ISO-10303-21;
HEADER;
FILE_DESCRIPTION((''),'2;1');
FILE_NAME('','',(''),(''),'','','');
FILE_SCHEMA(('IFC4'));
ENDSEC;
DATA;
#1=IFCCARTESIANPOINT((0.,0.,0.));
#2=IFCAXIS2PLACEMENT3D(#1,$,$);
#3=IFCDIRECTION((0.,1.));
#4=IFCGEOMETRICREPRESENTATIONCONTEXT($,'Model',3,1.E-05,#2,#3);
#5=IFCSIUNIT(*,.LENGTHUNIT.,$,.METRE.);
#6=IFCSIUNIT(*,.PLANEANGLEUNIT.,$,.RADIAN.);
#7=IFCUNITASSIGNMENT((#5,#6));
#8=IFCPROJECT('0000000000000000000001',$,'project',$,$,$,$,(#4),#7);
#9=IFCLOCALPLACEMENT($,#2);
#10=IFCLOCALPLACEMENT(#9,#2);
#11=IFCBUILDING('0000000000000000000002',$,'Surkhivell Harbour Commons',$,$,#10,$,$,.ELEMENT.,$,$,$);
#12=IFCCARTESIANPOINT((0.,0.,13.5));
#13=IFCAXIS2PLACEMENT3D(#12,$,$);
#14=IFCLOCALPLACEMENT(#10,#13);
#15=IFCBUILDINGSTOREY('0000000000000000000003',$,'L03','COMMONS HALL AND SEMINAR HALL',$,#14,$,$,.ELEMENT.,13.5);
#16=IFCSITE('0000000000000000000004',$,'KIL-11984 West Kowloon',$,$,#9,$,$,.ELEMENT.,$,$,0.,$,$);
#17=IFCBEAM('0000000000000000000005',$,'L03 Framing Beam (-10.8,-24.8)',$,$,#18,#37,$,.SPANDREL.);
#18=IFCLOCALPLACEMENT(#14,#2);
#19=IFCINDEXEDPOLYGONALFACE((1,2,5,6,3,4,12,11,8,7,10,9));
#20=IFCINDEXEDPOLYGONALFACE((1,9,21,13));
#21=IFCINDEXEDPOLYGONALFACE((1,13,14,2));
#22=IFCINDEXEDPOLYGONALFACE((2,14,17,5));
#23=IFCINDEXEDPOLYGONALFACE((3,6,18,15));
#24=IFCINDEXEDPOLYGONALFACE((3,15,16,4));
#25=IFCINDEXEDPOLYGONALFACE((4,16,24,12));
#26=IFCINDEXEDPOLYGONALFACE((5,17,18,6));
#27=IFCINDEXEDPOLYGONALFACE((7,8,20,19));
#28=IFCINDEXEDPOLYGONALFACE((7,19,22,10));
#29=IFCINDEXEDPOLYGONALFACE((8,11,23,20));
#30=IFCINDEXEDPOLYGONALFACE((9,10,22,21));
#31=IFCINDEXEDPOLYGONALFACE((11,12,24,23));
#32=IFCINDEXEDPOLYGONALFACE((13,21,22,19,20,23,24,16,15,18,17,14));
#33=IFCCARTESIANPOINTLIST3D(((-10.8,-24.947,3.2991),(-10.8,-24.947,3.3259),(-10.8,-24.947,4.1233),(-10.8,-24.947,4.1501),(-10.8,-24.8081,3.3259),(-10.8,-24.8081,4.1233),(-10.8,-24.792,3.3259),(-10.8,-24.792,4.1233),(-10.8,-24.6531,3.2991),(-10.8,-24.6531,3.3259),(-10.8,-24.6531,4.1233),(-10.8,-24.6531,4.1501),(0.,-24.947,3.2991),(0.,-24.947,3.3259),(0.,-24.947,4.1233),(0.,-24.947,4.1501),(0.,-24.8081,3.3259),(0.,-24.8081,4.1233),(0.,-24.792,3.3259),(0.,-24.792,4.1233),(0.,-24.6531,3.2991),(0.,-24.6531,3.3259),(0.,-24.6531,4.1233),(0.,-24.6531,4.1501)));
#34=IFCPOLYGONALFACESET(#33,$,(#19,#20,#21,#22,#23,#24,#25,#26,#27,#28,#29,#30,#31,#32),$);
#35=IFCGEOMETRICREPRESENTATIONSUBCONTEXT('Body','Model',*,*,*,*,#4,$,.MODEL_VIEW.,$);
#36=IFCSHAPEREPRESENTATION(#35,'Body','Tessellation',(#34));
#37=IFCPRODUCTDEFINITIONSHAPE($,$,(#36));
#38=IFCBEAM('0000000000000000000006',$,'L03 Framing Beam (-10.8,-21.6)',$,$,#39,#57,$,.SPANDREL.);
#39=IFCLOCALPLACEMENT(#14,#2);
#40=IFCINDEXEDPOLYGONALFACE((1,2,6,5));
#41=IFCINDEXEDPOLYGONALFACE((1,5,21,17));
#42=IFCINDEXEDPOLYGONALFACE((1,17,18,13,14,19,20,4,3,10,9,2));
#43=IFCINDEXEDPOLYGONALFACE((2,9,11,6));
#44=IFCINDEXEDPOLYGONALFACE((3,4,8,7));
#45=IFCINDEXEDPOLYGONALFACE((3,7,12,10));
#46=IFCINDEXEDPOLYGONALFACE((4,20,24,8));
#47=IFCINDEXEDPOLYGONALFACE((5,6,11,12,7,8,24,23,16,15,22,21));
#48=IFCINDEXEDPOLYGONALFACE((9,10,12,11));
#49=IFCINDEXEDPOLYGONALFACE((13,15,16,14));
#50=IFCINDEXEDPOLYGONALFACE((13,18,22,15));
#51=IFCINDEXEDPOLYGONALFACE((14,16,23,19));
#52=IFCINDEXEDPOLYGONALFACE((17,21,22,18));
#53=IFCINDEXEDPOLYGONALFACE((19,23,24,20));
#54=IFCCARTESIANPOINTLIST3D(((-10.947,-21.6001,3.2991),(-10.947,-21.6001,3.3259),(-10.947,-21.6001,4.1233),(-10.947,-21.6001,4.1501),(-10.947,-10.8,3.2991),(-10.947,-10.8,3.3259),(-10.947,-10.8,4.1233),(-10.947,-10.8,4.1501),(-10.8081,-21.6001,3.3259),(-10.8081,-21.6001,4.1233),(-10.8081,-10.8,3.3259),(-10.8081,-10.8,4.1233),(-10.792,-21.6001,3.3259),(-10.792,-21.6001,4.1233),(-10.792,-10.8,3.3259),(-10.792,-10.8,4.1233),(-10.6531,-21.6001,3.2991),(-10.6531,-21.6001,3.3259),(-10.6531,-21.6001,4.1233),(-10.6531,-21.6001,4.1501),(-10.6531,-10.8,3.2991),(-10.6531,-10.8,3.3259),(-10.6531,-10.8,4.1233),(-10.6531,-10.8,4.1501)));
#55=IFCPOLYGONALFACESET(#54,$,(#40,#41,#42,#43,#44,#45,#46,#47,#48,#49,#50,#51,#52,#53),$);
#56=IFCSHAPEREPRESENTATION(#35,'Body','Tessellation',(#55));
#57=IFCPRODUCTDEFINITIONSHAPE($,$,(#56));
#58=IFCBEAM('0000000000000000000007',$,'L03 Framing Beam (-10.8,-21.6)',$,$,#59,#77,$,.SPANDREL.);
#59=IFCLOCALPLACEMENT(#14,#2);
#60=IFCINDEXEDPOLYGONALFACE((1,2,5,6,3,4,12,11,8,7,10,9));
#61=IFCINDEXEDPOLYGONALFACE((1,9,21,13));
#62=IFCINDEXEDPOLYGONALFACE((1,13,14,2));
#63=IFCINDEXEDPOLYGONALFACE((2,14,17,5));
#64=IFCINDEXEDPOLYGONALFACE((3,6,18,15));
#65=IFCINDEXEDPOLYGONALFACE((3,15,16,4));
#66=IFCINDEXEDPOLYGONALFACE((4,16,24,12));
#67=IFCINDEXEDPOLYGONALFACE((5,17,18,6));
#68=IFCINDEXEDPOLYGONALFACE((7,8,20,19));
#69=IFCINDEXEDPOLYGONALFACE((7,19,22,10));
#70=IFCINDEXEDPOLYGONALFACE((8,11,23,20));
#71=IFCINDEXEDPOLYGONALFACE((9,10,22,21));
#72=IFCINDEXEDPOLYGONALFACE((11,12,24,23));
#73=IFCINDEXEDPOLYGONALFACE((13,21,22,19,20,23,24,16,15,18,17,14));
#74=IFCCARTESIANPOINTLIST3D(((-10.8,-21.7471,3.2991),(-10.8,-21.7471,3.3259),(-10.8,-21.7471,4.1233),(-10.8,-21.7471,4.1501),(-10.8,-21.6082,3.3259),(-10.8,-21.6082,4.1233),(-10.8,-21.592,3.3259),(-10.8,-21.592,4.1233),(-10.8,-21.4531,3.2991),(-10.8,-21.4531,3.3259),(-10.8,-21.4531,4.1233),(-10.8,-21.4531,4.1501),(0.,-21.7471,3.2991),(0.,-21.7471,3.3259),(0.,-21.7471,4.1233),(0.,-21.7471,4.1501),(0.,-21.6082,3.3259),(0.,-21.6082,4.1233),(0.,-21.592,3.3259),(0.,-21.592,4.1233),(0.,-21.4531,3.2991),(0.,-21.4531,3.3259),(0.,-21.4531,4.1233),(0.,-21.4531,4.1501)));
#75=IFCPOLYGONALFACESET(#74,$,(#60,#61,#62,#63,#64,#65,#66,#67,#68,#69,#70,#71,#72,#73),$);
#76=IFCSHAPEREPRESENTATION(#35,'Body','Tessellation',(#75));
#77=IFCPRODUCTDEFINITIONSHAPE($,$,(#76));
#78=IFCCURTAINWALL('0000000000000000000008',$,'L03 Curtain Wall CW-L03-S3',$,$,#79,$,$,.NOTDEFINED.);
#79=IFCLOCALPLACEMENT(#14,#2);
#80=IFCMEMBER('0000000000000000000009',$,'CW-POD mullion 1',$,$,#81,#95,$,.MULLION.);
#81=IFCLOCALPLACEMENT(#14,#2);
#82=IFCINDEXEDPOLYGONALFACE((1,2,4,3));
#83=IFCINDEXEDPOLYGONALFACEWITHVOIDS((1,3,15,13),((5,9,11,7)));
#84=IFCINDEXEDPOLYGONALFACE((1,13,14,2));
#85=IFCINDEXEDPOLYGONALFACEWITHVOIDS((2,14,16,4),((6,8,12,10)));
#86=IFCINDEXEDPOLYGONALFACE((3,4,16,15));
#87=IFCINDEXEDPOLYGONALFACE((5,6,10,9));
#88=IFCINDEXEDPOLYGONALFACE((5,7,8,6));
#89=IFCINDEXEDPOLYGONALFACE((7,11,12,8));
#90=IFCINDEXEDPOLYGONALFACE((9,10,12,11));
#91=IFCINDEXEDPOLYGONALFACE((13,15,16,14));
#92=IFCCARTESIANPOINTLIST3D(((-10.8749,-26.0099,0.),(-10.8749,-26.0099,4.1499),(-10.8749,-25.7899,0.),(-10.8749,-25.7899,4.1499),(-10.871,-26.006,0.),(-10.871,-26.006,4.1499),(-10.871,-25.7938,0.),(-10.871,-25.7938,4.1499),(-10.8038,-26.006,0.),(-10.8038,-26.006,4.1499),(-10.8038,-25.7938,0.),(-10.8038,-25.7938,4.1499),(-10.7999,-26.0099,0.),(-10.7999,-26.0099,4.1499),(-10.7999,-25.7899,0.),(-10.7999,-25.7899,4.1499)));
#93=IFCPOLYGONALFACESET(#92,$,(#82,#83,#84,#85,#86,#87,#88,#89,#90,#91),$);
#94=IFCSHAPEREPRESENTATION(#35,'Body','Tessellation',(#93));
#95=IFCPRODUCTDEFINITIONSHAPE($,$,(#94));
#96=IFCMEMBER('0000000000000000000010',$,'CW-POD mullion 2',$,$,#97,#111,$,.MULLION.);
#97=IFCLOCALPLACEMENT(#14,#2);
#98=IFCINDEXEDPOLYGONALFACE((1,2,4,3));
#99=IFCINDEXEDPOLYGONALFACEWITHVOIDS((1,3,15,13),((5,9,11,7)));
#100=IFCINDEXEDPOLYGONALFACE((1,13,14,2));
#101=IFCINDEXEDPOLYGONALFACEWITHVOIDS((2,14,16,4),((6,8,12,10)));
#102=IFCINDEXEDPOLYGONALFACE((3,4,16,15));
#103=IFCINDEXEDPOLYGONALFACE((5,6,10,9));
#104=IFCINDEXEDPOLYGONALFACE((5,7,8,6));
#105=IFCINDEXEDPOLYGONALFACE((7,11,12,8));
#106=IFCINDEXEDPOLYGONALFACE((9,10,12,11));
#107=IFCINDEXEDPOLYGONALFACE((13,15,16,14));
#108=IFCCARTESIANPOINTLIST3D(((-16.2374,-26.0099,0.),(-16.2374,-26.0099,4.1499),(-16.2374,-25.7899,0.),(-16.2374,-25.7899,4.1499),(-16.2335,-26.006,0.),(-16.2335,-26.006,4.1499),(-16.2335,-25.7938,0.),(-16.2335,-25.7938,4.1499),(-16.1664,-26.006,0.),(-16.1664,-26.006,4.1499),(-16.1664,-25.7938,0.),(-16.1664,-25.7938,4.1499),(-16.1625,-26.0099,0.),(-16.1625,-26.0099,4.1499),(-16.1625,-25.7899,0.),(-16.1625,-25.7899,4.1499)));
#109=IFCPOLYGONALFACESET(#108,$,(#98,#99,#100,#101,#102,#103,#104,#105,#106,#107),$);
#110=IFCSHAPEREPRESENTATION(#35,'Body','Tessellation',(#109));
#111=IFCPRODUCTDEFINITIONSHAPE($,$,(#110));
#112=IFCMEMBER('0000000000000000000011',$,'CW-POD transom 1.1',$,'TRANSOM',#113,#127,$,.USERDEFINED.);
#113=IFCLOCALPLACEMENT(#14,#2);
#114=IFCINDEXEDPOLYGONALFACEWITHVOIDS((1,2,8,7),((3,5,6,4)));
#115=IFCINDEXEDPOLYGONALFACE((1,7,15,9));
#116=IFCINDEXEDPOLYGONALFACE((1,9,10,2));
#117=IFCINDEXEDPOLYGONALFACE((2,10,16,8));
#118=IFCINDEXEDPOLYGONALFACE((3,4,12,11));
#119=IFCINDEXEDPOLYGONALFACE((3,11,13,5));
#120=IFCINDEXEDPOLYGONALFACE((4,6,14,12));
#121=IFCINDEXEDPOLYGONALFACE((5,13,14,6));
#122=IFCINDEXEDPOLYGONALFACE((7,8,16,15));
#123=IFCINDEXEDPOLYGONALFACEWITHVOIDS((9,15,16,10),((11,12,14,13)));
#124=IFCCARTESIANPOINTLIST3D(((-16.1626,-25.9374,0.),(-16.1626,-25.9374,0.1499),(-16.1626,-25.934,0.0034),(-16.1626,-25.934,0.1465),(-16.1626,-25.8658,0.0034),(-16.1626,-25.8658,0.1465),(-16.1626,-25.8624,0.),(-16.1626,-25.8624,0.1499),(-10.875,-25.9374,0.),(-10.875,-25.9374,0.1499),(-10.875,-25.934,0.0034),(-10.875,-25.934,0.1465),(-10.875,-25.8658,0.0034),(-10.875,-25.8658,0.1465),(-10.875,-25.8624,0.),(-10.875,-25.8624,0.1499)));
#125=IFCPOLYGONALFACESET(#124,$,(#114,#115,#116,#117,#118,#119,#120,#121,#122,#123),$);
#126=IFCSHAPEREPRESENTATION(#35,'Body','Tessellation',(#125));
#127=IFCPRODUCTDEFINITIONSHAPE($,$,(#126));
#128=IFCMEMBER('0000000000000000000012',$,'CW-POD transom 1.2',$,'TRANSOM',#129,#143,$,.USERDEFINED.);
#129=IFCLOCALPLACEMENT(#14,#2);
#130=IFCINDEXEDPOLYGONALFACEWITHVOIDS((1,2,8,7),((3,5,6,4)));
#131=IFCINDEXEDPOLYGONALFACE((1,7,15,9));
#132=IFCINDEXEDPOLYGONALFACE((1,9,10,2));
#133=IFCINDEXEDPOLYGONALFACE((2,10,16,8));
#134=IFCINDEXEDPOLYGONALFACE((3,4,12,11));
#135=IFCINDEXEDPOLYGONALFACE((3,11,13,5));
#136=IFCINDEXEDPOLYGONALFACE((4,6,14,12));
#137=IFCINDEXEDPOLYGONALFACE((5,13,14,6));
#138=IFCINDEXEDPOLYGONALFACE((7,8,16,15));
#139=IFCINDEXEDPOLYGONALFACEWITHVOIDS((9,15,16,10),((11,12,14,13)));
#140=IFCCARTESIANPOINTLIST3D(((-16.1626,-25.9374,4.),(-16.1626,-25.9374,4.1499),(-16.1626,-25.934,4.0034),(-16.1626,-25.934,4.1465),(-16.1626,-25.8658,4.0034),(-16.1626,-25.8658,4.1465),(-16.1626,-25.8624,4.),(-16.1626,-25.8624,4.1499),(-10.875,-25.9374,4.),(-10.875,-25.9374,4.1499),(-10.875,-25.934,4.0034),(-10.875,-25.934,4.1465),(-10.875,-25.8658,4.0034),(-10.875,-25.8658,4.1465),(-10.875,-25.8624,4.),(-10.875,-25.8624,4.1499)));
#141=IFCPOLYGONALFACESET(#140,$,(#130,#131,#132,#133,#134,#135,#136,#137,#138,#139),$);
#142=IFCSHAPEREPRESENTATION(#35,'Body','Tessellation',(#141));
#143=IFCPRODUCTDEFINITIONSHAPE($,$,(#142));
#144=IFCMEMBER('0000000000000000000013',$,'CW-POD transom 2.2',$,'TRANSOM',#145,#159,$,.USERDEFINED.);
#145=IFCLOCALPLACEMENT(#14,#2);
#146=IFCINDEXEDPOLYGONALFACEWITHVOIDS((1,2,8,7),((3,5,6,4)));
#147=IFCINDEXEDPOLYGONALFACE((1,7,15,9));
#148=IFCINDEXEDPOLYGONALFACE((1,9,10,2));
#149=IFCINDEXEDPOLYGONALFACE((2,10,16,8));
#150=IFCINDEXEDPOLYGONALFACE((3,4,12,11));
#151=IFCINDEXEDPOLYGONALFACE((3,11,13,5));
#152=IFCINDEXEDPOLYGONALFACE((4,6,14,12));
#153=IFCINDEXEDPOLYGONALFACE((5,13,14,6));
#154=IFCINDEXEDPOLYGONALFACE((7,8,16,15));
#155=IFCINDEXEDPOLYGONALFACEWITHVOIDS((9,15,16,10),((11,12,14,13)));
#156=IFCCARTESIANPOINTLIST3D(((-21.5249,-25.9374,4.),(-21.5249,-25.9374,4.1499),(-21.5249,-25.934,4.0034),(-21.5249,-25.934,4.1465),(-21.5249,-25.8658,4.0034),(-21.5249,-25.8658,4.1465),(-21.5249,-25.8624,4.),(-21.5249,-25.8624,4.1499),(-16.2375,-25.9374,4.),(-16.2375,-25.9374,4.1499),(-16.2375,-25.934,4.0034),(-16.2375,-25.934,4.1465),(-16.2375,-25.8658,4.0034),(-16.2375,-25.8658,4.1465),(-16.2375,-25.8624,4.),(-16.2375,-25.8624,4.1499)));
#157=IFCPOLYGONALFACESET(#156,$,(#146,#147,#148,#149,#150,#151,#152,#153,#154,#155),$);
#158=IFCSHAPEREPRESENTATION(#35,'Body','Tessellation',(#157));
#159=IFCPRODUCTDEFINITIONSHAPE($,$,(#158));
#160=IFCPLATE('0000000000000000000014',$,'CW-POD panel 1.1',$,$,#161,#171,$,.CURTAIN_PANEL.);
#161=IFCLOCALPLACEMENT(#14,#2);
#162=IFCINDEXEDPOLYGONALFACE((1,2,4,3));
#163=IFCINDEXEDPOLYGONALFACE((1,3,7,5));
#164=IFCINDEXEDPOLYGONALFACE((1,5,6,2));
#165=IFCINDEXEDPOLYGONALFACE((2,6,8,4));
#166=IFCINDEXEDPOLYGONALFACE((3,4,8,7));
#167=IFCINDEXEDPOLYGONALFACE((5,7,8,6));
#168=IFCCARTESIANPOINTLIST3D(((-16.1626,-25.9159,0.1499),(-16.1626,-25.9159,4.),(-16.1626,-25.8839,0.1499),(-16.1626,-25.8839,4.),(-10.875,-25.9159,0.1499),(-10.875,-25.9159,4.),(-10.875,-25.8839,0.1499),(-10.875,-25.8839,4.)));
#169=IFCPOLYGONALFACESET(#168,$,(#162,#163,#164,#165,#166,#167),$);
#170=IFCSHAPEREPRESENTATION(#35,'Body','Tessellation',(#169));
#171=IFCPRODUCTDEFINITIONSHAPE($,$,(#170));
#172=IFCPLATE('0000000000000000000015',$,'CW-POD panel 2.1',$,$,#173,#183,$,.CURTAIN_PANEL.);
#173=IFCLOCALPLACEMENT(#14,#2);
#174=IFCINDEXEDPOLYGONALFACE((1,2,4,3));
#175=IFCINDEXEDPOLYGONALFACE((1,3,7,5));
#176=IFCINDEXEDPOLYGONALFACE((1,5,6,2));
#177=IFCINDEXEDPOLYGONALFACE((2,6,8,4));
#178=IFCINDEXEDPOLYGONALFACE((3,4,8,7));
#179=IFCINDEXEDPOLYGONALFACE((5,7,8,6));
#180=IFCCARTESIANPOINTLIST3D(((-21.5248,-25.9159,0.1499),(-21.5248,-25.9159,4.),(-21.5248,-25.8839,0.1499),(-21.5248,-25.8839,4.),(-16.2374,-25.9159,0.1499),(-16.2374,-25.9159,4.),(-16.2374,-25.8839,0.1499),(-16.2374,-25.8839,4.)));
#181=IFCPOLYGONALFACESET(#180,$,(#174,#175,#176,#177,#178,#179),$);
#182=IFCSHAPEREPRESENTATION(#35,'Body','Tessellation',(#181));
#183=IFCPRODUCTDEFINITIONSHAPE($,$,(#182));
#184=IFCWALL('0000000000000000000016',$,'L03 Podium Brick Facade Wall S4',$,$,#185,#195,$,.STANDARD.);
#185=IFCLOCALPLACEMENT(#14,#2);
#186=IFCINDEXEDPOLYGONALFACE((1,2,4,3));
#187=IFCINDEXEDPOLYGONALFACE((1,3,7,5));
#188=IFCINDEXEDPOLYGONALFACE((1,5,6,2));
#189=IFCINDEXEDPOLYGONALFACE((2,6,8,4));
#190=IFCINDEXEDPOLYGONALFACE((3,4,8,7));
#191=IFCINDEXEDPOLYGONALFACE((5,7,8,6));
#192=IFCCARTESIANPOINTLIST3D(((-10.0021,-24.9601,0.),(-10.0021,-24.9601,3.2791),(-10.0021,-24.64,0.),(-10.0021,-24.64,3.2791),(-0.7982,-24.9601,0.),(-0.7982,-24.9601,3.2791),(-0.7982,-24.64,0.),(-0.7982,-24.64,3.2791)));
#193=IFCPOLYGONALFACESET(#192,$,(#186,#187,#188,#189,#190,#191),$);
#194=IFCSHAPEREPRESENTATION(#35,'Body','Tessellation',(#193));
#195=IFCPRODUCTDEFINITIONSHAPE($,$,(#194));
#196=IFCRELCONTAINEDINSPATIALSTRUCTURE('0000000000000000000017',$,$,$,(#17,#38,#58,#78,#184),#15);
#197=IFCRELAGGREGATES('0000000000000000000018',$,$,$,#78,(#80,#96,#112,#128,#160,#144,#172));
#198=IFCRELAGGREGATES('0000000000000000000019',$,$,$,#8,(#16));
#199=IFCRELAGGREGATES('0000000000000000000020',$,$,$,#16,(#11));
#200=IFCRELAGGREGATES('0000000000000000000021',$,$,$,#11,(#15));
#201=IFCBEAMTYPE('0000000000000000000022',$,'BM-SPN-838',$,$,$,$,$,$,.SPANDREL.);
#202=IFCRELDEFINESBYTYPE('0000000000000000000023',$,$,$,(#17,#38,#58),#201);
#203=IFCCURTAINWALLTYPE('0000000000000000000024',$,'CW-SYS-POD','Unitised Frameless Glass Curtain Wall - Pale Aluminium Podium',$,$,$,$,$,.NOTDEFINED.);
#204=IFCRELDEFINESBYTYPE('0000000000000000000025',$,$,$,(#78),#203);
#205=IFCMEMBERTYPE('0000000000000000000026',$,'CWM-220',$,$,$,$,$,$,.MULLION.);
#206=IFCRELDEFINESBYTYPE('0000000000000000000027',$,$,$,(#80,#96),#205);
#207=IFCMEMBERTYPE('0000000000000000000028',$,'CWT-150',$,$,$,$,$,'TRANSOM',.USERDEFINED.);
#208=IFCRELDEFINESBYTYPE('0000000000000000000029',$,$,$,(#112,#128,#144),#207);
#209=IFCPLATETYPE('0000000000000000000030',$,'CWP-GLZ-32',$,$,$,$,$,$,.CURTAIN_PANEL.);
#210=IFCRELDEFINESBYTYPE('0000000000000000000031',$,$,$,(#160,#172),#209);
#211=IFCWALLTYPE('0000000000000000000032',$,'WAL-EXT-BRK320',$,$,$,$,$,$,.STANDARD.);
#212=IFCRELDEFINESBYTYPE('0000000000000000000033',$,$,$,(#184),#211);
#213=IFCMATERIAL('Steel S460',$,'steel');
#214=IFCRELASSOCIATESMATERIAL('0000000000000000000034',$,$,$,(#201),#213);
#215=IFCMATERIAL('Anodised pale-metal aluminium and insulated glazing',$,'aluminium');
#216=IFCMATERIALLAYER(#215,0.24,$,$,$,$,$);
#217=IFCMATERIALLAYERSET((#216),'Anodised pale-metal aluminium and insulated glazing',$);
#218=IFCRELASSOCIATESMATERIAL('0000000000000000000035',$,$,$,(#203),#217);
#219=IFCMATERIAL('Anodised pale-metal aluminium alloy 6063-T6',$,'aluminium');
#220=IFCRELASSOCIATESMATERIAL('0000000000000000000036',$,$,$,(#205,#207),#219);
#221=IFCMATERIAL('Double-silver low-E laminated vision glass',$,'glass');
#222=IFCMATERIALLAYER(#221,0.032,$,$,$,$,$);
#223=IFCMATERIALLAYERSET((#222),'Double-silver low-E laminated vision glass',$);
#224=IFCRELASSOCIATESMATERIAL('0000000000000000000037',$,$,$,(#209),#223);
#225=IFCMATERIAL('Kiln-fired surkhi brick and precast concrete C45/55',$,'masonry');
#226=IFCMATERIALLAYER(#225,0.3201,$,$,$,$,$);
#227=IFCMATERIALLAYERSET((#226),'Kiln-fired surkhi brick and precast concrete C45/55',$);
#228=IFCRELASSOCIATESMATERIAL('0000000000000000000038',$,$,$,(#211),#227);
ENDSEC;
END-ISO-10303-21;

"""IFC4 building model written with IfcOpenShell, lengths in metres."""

from ifc_helpers import new_model, si_unit, direction, frame, frame_2d, origin, origin_2d, place, context, subcontext, project, spatial, rectangle, hollow_rectangle, i_section, extrude, material, layer, layer_set, material_profile, profile_set, type_object, element, aggregate, save


model = new_model("IFC4")

# Units and contexts
model_context = context("Model", 3, precision=1e-05, world=origin(), true_north=direction((0.0, 1.0)))
body_context = subcontext(model_context, "Body", "Model", "MODEL_VIEW")
ifc_project = project(units=[si_unit("LENGTHUNIT", "METRE"), si_unit("PLANEANGLEUNIT", "RADIAN")], contexts=[model_context])

# Site, building, storey
site_placement = place(None, origin())
site = spatial("IfcSite", under=ifc_project, at=site_placement, Name="KIL-11984 West Kowloon", CompositionType="ELEMENT", RefElevation=0.0)
building_placement = place(site_placement, origin())
building = spatial("IfcBuilding", under=site, at=building_placement, Name="Surkhivell Harbour Commons", CompositionType="ELEMENT")
storey_placement = place(building_placement, frame((0.0, 0.0, 13.5)))
storey = spatial("IfcBuildingStorey", under=building, at=storey_placement, Name="L03", Description="COMMONS HALL AND SEMINAR HALL", CompositionType="ELEMENT", Elevation=13.5)

# Beams
ifc_material_1 = material(Name="Steel S460", Category="steel")
ifc_material_profile_1 = material_profile(ifc_material_1, i_section(OverallWidth=0.2939, OverallDepth=0.8511, WebThickness=0.0161, FlangeThickness=0.0269, at=origin_2d()), Name="UB838x292x226")
ifc_profile_set_1 = profile_set([ifc_material_profile_1], Name="Steel S460")
beam_type = type_object("IfcBeamType", Name="BM-SPN-838", PredefinedType="SPANDREL", material=ifc_profile_set_1)
for number, where, z_axis, x_axis, name in (
    (1, (-10.8, -24.8, 3.7246), (1.0, 0.0, 0.0), (0.0, 1.0, 0.0), "L03 Framing Beam (-10.8,-24.8)"),
    (2, (-10.8, -21.6001, 3.7246), (0.0, 1.0, 0.0), (-1.0, 0.0, 0.0), "L03 Framing Beam (-10.8,-21.6)"),
    (3, (-10.8, -21.6001, 3.7246), (1.0, 0.0, 0.0), (0.0, 1.0, 0.0), "L03 Framing Beam (-10.8,-21.6)"),
):
    element("IfcBeam", number, at=place(storey_placement, frame(where, z_axis=z_axis, x_axis=x_axis)), inside=storey, type_object=beam_type, Name=name, PredefinedType="SPANDREL", context=body_context, shape_type="SweptSolid", body=[
        extrude(i_section(OverallWidth=0.2939, OverallDepth=0.8511, WebThickness=0.0161, FlangeThickness=0.0269, at=origin_2d()), origin(), (0.0, 0.0, 1.0), 10.8),
    ])

# Curtain wall, members, plates
ifc_material_2 = material(Name="Anodised pale-metal aluminium and insulated glazing", Category="aluminium")
ifc_layer_1 = layer(ifc_material_2, 0.24)
ifc_layer_set_1 = layer_set([ifc_layer_1], Name="Anodised pale-metal aluminium and insulated glazing")
curtain_wall_type = type_object("IfcCurtainWallType", Name="CW-SYS-POD", Description="Unitised Frameless Glass Curtain Wall - Pale Aluminium Podium", PredefinedType="NOTDEFINED", material=ifc_layer_set_1)
curtain_wall_placement = place(storey_placement, origin())
curtain_wall = element("IfcCurtainWall", 4, at=curtain_wall_placement, inside=storey, type_object=curtain_wall_type, Name="L03 Curtain Wall CW-L03-S3", PredefinedType="NOTDEFINED")
ifc_material_3 = material(Name="Anodised pale-metal aluminium alloy 6063-T6", Category="aluminium")
ifc_material_profile_2 = material_profile(ifc_material_3, hollow_rectangle(XDim=0.075, YDim=0.22, WallThickness=0.0039, at=origin_2d()), Name="ALU-MULL-75x220")
ifc_profile_set_2 = profile_set([ifc_material_profile_2], Name="Anodised pale-metal aluminium alloy 6063-T6")
member_type_1 = type_object("IfcMemberType", Name="CWM-220", PredefinedType="MULLION", material=ifc_profile_set_2)
member_1_placement = place(storey_placement, frame((-10.8374, -25.8999, 0.0), z_axis=(0.0, 0.0, 1.0), x_axis=(-1.0, 0.0, 0.0)))
member_1 = element("IfcMember", 5, at=member_1_placement, type_object=member_type_1, Name="CW-POD mullion 1", PredefinedType="MULLION", context=body_context, shape_type="SweptSolid", body=[
    extrude(hollow_rectangle(XDim=0.075, YDim=0.22, WallThickness=0.0039, at=origin_2d()), origin(), (0.0, 0.0, 1.0), 4.1499),
])
member_2_placement = place(storey_placement, frame((-16.2, -25.8999, 0.0), z_axis=(0.0, 0.0, 1.0), x_axis=(-1.0, 0.0, 0.0)))
member_2 = element("IfcMember", 6, at=member_2_placement, type_object=member_type_1, Name="CW-POD mullion 2", PredefinedType="MULLION", context=body_context, shape_type="SweptSolid", body=[
    extrude(hollow_rectangle(XDim=0.075, YDim=0.22, WallThickness=0.0039, at=origin_2d()), origin(), (0.0, 0.0, 1.0), 4.1499),
])
ifc_material_profile_3 = material_profile(ifc_material_3, hollow_rectangle(XDim=0.075, YDim=0.1499, WallThickness=0.0034, at=origin_2d()), Name="ALU-TRAN-75x150")
ifc_profile_set_3 = profile_set([ifc_material_profile_3], Name="Anodised pale-metal aluminium alloy 6063-T6")
member_type_2 = type_object("IfcMemberType", Name="CWT-150", ElementType="TRANSOM", PredefinedType="USERDEFINED", material=ifc_profile_set_3)
member_3_placement = place(storey_placement, frame((-10.875, -25.8999, 0.075), z_axis=(-1.0, 0.0, 0.0), x_axis=(0.0, -1.0, 0.0)))
member_3 = element("IfcMember", 7, at=member_3_placement, type_object=member_type_2, Name="CW-POD transom 1.1", ObjectType="TRANSOM", PredefinedType="USERDEFINED", context=body_context, shape_type="SweptSolid", body=[
    extrude(hollow_rectangle(XDim=0.075, YDim=0.1499, WallThickness=0.0034, at=origin_2d()), origin(), (0.0, 0.0, 1.0), 5.2876),
])
member_4_placement = place(storey_placement, frame((-10.875, -25.8999, 4.075), z_axis=(-1.0, 0.0, 0.0), x_axis=(0.0, -1.0, 0.0)))
member_4 = element("IfcMember", 8, at=member_4_placement, type_object=member_type_2, Name="CW-POD transom 1.2", ObjectType="TRANSOM", PredefinedType="USERDEFINED", context=body_context, shape_type="SweptSolid", body=[
    extrude(hollow_rectangle(XDim=0.075, YDim=0.1499, WallThickness=0.0034, at=origin_2d()), origin(), (0.0, 0.0, 1.0), 5.2876),
])
member_5_placement = place(storey_placement, frame((-16.2375, -25.8999, 4.075), z_axis=(-1.0, 0.0, 0.0), x_axis=(0.0, -1.0, 0.0)))
member_5 = element("IfcMember", 9, at=member_5_placement, type_object=member_type_2, Name="CW-POD transom 2.2", ObjectType="TRANSOM", PredefinedType="USERDEFINED", context=body_context, shape_type="SweptSolid", body=[
    extrude(hollow_rectangle(XDim=0.075, YDim=0.1499, WallThickness=0.0034, at=origin_2d()), origin(), (0.0, 0.0, 1.0), 5.2874),
])
ifc_material_4 = material(Name="Double-silver low-E laminated vision glass", Category="glass")
ifc_layer_2 = layer(ifc_material_4, 0.032)
ifc_layer_set_2 = layer_set([ifc_layer_2], Name="Double-silver low-E laminated vision glass")
plate_type = type_object("IfcPlateType", Name="CWP-GLZ-32", PredefinedType="CURTAIN_PANEL", material=ifc_layer_set_2)
plate_1_placement = place(storey_placement, frame((-10.875, -25.8999, 0.1499), z_axis=(0.0, 0.0, 1.0), x_axis=(-1.0, 0.0, 0.0)))
plate_1 = element("IfcPlate", 10, at=plate_1_placement, type_object=plate_type, Name="CW-POD panel 1.1", PredefinedType="CURTAIN_PANEL", context=body_context, shape_type="SweptSolid", body=[
    extrude(rectangle(XDim=5.2876, YDim=0.032, at=frame_2d((2.6438, 0.0))), origin(), (0.0, 0.0, 1.0), 3.8501),
])
plate_2_placement = place(storey_placement, frame((-16.2375, -25.8999, 0.1499), z_axis=(0.0, 0.0, 1.0), x_axis=(-1.0, 0.0, 0.0)))
plate_2 = element("IfcPlate", 11, at=plate_2_placement, type_object=plate_type, Name="CW-POD panel 2.1", PredefinedType="CURTAIN_PANEL", context=body_context, shape_type="SweptSolid", body=[
    extrude(rectangle(XDim=5.2874, YDim=0.032, at=frame_2d((2.6436, 0.0))), origin(), (0.0, 0.0, 1.0), 3.8501),
])
aggregate(curtain_wall, [member_1, member_2, member_3, member_4, plate_1, member_5, plate_2])

# Wall
ifc_material_5 = material(Name="Kiln-fired surkhi brick and precast concrete C45/55", Category="masonry")
ifc_layer_3 = layer(ifc_material_5, 0.3201)
ifc_layer_set_3 = layer_set([ifc_layer_3], Name="Kiln-fired surkhi brick and precast concrete C45/55")
wall_type_1 = type_object("IfcWallType", Name="WAL-EXT-BRK320", PredefinedType="STANDARD", material=ifc_layer_set_3)
wall_1_placement = place(storey_placement, frame((-0.7981, -24.8, 0.0), z_axis=(0.0, 0.0, 1.0), x_axis=(-1.0, 0.0, 0.0)))
element("IfcWall", 12, at=wall_1_placement, inside=storey, type_object=wall_type_1, Name="L03 Podium Brick Facade Wall S4", PredefinedType="STANDARD", context=body_context, shape_type="SweptSolid", body=[
    extrude(rectangle(XDim=9.2039, YDim=0.3201, at=frame_2d((4.6021, 0.0))), origin(), (0.0, 0.0, 1.0), 3.2791),
])

save(model, "model.ifc")
